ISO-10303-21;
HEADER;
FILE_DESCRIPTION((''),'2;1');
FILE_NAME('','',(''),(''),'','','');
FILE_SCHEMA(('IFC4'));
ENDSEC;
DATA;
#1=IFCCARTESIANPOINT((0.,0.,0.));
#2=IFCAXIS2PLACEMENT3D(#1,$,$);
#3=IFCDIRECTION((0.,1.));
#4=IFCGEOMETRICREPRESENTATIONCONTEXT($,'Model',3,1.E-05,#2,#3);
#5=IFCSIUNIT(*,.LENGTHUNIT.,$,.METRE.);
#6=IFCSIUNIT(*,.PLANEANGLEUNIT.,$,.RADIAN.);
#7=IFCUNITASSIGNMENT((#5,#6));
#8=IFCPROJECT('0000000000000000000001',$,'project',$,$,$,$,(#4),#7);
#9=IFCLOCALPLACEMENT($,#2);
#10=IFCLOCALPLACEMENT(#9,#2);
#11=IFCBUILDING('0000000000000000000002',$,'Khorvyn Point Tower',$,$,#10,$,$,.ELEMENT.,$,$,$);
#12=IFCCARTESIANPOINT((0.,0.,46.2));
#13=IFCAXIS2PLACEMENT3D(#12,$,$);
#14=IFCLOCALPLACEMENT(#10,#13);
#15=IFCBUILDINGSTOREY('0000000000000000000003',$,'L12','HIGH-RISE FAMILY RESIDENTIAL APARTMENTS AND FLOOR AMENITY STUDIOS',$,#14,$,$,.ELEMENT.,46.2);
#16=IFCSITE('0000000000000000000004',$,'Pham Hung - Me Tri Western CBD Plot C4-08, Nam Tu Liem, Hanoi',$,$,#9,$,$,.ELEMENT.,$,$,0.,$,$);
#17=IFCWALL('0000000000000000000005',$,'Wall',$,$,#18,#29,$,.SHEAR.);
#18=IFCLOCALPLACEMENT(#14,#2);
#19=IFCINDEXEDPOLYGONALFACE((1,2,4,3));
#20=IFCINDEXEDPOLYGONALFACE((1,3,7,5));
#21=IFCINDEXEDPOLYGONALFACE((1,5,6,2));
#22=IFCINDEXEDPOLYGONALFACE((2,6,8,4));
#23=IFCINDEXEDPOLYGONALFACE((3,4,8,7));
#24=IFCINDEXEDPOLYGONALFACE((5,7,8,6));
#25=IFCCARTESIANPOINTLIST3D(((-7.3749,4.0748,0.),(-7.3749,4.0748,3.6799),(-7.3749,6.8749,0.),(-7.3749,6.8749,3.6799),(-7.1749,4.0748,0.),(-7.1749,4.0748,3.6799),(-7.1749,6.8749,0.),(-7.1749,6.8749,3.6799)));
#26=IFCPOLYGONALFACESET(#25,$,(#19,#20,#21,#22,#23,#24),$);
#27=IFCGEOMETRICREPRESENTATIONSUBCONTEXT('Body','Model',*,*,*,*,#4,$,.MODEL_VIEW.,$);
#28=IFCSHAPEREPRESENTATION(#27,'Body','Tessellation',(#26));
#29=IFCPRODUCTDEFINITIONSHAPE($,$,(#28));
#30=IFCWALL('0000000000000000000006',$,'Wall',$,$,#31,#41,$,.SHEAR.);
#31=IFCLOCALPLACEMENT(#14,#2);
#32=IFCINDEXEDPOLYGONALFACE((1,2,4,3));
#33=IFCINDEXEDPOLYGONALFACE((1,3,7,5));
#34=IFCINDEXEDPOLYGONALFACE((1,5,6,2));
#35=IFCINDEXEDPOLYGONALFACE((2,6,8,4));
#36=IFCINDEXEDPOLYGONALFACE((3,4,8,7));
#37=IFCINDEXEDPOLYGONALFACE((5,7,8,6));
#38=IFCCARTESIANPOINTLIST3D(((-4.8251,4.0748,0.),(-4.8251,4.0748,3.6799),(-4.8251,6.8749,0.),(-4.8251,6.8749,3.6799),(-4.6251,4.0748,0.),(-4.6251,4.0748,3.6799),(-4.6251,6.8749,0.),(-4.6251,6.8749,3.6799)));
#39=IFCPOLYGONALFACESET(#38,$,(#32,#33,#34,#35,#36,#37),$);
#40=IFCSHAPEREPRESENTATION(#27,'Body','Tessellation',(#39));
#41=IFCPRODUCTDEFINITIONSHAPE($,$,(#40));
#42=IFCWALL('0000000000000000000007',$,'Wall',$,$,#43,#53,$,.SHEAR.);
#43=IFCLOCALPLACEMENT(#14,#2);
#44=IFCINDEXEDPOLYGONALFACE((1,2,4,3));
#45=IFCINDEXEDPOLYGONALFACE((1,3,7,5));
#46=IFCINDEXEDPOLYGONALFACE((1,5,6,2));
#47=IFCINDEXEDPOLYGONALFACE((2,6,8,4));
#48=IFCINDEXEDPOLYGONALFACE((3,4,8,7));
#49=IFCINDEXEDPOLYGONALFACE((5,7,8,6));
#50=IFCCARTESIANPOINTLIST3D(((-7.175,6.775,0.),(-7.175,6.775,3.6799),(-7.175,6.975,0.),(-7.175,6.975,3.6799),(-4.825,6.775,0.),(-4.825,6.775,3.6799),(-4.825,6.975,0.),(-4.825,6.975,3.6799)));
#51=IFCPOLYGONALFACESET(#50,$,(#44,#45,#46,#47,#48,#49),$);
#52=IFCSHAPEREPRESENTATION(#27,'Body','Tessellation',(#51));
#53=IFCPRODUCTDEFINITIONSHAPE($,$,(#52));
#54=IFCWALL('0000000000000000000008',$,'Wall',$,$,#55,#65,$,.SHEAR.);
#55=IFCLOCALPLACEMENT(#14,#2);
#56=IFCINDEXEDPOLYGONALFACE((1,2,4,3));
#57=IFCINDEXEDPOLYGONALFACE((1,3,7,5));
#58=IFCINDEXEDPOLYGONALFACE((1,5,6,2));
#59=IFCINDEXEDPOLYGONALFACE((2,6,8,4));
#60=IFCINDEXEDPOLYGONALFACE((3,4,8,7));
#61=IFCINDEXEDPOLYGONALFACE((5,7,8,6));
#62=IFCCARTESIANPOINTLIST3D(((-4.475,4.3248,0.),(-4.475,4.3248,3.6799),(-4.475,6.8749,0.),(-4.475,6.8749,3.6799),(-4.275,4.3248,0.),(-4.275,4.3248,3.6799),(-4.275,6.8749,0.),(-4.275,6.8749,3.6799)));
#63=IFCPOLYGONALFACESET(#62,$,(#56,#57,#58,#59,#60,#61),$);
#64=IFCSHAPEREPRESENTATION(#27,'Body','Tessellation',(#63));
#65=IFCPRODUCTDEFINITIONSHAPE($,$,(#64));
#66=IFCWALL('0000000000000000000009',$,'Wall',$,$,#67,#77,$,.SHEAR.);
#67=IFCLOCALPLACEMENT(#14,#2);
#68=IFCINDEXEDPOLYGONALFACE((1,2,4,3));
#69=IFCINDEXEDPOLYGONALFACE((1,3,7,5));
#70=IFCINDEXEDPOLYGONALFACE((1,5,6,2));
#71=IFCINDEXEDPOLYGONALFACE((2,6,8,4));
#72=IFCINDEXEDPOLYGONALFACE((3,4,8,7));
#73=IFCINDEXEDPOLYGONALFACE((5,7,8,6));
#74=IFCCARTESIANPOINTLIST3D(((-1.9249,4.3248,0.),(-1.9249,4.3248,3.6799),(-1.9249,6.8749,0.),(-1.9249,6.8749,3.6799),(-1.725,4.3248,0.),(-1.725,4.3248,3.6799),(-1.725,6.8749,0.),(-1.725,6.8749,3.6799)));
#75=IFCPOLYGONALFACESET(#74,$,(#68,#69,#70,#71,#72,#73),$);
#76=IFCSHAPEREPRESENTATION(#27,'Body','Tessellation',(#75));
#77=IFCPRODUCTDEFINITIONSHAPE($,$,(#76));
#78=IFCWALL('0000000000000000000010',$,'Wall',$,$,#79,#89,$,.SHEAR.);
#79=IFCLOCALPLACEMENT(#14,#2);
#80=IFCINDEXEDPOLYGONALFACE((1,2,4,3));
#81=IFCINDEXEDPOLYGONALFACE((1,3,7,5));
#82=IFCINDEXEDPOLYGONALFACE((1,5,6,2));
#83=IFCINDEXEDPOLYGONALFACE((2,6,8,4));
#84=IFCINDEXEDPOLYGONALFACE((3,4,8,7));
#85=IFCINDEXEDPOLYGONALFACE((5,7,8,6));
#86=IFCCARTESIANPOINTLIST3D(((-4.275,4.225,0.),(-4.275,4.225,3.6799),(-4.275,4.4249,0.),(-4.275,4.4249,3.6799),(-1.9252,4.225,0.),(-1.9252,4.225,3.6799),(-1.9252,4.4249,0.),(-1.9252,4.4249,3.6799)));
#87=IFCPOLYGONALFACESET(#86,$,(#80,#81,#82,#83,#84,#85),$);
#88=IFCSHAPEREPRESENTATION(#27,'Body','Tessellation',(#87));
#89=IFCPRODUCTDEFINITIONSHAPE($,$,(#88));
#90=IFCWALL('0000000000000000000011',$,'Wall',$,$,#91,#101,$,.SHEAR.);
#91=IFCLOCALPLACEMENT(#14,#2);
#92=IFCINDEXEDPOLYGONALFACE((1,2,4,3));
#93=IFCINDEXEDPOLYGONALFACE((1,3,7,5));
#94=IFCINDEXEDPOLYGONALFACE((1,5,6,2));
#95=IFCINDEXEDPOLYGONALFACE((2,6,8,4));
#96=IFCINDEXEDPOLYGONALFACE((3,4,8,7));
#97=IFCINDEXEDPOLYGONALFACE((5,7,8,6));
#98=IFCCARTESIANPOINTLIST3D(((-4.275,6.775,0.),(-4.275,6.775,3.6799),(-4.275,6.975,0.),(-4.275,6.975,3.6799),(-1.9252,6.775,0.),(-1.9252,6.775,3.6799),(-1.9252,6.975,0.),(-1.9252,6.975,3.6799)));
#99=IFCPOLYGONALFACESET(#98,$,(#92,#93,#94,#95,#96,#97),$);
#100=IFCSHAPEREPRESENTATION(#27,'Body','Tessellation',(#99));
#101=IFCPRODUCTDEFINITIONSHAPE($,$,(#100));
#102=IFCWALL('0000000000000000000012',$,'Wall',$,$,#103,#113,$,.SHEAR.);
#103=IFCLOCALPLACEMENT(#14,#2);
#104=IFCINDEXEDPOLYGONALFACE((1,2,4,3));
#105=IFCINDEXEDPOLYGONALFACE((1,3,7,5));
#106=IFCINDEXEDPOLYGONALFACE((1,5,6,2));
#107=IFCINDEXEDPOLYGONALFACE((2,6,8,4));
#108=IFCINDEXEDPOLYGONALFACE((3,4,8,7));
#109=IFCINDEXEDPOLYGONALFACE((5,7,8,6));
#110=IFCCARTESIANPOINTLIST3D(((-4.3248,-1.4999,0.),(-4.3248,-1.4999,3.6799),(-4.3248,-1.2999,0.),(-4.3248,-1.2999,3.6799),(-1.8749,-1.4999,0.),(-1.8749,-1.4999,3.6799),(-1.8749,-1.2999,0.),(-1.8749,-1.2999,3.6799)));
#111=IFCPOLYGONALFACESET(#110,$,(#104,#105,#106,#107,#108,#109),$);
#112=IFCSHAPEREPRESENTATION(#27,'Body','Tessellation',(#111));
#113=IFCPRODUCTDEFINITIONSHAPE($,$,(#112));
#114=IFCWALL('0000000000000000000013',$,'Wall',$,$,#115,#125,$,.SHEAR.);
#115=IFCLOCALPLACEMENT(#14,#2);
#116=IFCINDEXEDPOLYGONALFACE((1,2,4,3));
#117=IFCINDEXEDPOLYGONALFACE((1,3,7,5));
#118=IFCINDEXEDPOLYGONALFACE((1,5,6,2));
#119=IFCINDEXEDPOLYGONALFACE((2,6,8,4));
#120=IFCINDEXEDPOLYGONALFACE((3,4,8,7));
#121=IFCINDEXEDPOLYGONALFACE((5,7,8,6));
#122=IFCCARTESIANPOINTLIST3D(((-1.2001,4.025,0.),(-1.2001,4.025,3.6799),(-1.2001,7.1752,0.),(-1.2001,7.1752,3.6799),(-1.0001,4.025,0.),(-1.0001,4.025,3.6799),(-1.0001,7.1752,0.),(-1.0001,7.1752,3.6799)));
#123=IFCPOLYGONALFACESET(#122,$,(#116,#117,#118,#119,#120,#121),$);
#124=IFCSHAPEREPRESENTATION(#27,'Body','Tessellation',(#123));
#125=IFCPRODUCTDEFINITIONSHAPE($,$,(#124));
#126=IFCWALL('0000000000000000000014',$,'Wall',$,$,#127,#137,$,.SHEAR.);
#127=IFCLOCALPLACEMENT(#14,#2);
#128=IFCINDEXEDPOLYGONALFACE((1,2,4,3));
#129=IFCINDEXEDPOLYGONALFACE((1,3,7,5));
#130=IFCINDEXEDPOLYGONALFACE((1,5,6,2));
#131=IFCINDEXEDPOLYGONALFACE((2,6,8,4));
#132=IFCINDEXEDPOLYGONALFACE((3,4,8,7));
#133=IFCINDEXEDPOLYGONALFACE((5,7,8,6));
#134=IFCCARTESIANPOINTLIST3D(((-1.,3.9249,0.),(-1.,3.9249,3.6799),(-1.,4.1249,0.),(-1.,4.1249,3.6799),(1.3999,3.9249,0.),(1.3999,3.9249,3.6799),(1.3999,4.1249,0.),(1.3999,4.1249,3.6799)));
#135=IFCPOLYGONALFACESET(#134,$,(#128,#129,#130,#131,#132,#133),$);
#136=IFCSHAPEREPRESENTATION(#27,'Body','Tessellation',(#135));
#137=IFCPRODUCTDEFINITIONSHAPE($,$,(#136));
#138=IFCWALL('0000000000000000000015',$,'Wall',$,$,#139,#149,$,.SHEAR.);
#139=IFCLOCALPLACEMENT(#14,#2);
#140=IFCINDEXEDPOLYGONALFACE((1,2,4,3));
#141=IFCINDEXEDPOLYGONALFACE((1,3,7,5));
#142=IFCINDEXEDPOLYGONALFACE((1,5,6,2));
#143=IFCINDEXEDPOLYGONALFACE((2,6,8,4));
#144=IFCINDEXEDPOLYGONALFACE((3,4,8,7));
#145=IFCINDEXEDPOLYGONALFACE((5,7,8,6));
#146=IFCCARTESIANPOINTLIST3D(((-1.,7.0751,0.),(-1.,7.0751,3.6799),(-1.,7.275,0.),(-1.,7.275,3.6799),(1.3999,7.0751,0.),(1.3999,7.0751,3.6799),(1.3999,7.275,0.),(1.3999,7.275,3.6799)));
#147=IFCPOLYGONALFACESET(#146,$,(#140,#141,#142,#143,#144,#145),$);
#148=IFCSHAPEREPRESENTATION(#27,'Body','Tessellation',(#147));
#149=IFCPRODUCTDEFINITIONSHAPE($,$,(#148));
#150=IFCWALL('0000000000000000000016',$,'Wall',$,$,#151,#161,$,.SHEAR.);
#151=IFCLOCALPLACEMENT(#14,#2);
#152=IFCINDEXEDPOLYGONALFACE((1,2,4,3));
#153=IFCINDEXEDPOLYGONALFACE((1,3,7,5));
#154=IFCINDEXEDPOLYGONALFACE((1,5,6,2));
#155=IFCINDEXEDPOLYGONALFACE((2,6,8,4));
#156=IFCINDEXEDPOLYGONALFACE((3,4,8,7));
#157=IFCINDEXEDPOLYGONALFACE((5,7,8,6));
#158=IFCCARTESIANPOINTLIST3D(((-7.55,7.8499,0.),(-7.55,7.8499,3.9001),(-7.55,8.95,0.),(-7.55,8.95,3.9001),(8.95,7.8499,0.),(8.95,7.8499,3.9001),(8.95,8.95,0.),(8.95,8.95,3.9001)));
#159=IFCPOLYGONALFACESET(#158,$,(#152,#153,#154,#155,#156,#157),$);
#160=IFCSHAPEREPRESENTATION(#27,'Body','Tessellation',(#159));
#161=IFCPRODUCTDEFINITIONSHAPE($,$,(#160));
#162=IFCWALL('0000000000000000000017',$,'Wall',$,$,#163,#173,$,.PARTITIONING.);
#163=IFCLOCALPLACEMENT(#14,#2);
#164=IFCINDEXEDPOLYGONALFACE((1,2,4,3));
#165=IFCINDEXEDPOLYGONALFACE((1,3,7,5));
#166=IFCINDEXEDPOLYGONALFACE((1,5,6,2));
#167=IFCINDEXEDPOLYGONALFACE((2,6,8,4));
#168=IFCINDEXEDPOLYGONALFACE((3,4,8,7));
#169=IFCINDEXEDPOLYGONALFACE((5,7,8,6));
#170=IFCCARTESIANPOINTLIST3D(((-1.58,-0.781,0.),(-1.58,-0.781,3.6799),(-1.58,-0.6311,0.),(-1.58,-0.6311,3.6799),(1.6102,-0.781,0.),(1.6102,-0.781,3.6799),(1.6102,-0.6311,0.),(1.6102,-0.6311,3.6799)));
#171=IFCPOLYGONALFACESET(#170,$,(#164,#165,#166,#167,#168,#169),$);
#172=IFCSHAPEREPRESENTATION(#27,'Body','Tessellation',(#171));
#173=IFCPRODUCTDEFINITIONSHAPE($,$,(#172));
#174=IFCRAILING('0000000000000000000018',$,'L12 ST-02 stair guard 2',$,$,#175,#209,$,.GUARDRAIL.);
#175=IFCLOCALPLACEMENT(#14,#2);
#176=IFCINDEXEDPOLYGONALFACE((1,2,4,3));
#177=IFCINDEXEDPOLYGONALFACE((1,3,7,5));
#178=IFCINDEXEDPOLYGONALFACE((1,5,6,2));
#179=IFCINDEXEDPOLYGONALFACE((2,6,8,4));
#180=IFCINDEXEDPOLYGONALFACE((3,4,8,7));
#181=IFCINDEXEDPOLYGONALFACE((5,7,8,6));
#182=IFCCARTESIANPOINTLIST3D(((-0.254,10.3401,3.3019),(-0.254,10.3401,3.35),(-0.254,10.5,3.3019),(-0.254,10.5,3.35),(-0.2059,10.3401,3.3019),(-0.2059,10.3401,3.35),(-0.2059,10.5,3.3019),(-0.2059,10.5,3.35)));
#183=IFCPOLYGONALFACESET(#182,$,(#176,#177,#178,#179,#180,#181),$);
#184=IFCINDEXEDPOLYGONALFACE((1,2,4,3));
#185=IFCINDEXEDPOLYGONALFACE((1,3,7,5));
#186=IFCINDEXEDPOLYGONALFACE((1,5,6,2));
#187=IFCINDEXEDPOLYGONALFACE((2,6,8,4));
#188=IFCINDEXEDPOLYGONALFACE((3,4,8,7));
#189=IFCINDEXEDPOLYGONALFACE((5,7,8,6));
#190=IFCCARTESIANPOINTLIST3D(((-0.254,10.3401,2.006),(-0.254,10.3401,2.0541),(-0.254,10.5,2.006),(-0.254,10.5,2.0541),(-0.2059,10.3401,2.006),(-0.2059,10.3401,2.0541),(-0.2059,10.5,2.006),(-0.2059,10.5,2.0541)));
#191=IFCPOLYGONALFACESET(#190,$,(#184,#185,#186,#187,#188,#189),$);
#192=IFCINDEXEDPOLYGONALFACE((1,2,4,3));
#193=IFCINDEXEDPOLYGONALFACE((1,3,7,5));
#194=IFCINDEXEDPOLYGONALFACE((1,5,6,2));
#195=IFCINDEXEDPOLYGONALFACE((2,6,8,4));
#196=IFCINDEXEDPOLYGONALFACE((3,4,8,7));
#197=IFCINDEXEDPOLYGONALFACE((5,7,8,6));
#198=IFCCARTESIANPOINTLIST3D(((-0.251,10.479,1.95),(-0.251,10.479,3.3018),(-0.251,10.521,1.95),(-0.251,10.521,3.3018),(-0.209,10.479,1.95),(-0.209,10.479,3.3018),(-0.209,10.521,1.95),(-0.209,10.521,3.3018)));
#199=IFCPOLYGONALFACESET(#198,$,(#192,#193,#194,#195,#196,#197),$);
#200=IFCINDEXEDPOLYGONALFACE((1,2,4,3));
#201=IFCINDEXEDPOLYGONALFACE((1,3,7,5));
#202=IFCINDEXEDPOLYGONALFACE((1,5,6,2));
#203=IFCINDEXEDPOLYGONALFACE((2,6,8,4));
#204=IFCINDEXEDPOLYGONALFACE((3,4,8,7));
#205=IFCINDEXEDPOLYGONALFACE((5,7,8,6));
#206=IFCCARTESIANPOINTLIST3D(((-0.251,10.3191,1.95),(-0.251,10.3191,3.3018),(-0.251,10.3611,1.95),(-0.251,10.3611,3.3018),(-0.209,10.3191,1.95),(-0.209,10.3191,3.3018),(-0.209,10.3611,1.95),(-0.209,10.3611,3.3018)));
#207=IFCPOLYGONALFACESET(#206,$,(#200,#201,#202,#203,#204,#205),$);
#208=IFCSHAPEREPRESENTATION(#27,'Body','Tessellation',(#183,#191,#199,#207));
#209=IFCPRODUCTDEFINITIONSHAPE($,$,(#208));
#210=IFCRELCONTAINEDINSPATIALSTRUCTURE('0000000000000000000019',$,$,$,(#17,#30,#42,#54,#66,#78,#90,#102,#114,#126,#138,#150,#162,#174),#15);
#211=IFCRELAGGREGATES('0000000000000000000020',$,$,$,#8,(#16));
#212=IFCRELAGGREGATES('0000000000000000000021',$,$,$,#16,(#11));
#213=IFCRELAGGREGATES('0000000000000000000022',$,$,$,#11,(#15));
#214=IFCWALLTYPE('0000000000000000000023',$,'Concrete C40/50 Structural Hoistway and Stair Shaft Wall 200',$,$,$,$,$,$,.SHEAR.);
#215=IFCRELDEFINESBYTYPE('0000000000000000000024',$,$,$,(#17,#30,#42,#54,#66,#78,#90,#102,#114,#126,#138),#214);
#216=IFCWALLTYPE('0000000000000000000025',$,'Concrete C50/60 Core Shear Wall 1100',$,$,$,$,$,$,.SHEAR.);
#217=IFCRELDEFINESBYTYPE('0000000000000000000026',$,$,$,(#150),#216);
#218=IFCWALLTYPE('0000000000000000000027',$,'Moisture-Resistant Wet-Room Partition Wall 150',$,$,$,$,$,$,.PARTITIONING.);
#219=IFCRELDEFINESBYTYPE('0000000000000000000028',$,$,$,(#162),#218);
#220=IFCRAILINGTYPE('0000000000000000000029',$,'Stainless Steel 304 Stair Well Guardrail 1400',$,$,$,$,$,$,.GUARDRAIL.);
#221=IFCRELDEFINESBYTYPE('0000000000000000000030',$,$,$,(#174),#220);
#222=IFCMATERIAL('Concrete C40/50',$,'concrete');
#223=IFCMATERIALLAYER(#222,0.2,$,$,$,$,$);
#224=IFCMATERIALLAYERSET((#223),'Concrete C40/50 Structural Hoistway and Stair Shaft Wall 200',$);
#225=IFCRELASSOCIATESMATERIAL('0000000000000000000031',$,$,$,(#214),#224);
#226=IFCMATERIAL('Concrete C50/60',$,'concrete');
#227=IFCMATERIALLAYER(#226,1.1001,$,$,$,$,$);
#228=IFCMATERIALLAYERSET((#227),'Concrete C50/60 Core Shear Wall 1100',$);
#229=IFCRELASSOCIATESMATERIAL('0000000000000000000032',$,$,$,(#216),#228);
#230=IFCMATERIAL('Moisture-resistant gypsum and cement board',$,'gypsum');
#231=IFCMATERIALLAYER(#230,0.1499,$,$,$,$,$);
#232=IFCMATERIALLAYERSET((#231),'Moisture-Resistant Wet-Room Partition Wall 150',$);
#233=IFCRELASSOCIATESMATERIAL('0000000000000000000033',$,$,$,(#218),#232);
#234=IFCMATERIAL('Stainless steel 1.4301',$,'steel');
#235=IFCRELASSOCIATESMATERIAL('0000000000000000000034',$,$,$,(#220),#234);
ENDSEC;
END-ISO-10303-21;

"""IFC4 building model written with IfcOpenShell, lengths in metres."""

from ifc_helpers import new_model, si_unit, direction, frame, frame_2d, origin, origin_2d, place, context, subcontext, project, spatial, rectangle, extrude, material, layer, layer_set, type_object, element, save


model = new_model("IFC4")

# Units and contexts
model_context = context("Model", 3, precision=1e-05, world=origin(), true_north=direction((0.0, 1.0)))
body_context = subcontext(model_context, "Body", "Model", "MODEL_VIEW")
ifc_project = project(units=[si_unit("LENGTHUNIT", "METRE"), si_unit("PLANEANGLEUNIT", "RADIAN")], contexts=[model_context])

# Site, building, storey
site_placement = place(None, origin())
site = spatial("IfcSite", under=ifc_project, at=site_placement, Name="Pham Hung - Me Tri Western CBD Plot C4-08, Nam Tu Liem, Hanoi", CompositionType="ELEMENT", RefElevation=0.0)
building_placement = place(site_placement, origin())
building = spatial("IfcBuilding", under=site, at=building_placement, Name="Khorvyn Point Tower", CompositionType="ELEMENT")
storey_placement = place(building_placement, frame((0.0, 0.0, 46.2)))
storey = spatial("IfcBuildingStorey", under=building, at=storey_placement, Name="L12", Description="HIGH-RISE FAMILY RESIDENTIAL APARTMENTS AND FLOOR AMENITY STUDIOS", CompositionType="ELEMENT", Elevation=46.2)

# Shared definitions
ifc_material_1 = material(Name="Concrete C40/50", Category="concrete")

# Shared definitions
ifc_layer_1 = layer(ifc_material_1, 0.2)
ifc_layer_set_1 = layer_set([ifc_layer_1], Name="Concrete C40/50 Structural Hoistway and Stair Shaft Wall 200")
wall_type_1 = type_object("IfcWallType", Name="Concrete C40/50 Structural Hoistway and Stair Shaft Wall 200", PredefinedType="SHEAR", material=ifc_layer_set_1)

# Shared definitions
ifc_material_2 = material(Name="Stainless steel 1.4301", Category="steel")

# Walls
for number, where, z_axis, x_axis, name in (
    (1, (-7.2749, 4.075, 0.0), (0.0, 0.0, 1.0), (0.0, 1.0, 0.0), "Wall"),
    (2, (-4.7251, 4.075, 0.0), (0.0, 0.0, 1.0), (0.0, 1.0, 0.0), "Wall"),
):
    element("IfcWall", number, at=place(storey_placement, frame(where, z_axis=z_axis, x_axis=x_axis)), inside=storey, type_object=wall_type_1, Name=name, PredefinedType="SHEAR", context=body_context, shape_type="SweptSolid", body=[
        extrude(rectangle(XDim=2.8, YDim=0.2, at=frame_2d((1.3999, 0.0))), origin(), (0.0, 0.0, 1.0), 3.6799),
    ])
wall_1_placement = place(storey_placement, frame((-7.175, 6.875, 0.0), z_axis=(0.0, 0.0, 1.0), x_axis=(1.0, 0.0, 0.0)))
element("IfcWall", 3, at=wall_1_placement, inside=storey, type_object=wall_type_1, Name="Wall", PredefinedType="SHEAR", context=body_context, shape_type="SweptSolid", body=[
    extrude(rectangle(XDim=2.3501, YDim=0.2, at=frame_2d((1.175, 0.0))), origin(), (0.0, 0.0, 1.0), 3.6799),
])
for number, where, z_axis, x_axis, name in (
    (4, (-4.375, 4.325, 0.0), (0.0, 0.0, 1.0), (0.0, 1.0, 0.0), "Wall"),
    (5, (-1.825, 4.325, 0.0), (0.0, 0.0, 1.0), (0.0, 1.0, 0.0), "Wall"),
):
    element("IfcWall", number, at=place(storey_placement, frame(where, z_axis=z_axis, x_axis=x_axis)), inside=storey, type_object=wall_type_1, Name=name, PredefinedType="SHEAR", context=body_context, shape_type="SweptSolid", body=[
        extrude(rectangle(XDim=2.55, YDim=0.2, at=frame_2d((1.2749, 0.0))), origin(), (0.0, 0.0, 1.0), 3.6799),
    ])
for number, where, z_axis, x_axis, name in (
    (6, (-4.2749, 4.325, 0.0), (0.0, 0.0, 1.0), (1.0, 0.0, 0.0), "Wall"),
    (7, (-4.2749, 6.875, 0.0), (0.0, 0.0, 1.0), (1.0, 0.0, 0.0), "Wall"),
):
    element("IfcWall", number, at=place(storey_placement, frame(where, z_axis=z_axis, x_axis=x_axis)), inside=storey, type_object=wall_type_1, Name=name, PredefinedType="SHEAR", context=body_context, shape_type="SweptSolid", body=[
        extrude(rectangle(XDim=2.3499, YDim=0.2, at=frame_2d((1.1748, 0.0))), origin(), (0.0, 0.0, 1.0), 3.6799),
    ])
wall_2_placement = place(storey_placement, frame((-4.325, -1.3999, 0.0), z_axis=(0.0, 0.0, 1.0), x_axis=(1.0, 0.0, 0.0)))
element("IfcWall", 8, at=wall_2_placement, inside=storey, type_object=wall_type_1, Name="Wall", PredefinedType="SHEAR", context=body_context, shape_type="SweptSolid", body=[
    extrude(rectangle(XDim=2.45, YDim=0.2, at=frame_2d((1.2251, 0.0))), origin(), (0.0, 0.0, 1.0), 3.6799),
])
wall_3_placement = place(storey_placement, frame((-1.1001, 4.0249, 0.0), z_axis=(0.0, 0.0, 1.0), x_axis=(0.0, 1.0, 0.0)))
element("IfcWall", 9, at=wall_3_placement, inside=storey, type_object=wall_type_1, Name="Wall", PredefinedType="SHEAR", context=body_context, shape_type="SweptSolid", body=[
    extrude(rectangle(XDim=3.1501, YDim=0.2, at=frame_2d((1.5752, 0.0))), origin(), (0.0, 0.0, 1.0), 3.6799),
])
for number, where, z_axis, x_axis, name in (
    (10, (-1.0, 4.0249, 0.0), (0.0, 0.0, 1.0), (1.0, 0.0, 0.0), "Wall"),
    (11, (-1.0, 7.175, 0.0), (0.0, 0.0, 1.0), (1.0, 0.0, 0.0), "Wall"),
):
    element("IfcWall", number, at=place(storey_placement, frame(where, z_axis=z_axis, x_axis=x_axis)), inside=storey, type_object=wall_type_1, Name=name, PredefinedType="SHEAR", context=body_context, shape_type="SweptSolid", body=[
        extrude(rectangle(XDim=2.3999, YDim=0.2, at=frame_2d((1.2, 0.0))), origin(), (0.0, 0.0, 1.0), 3.6799),
    ])
ifc_material_3 = material(Name="Concrete C50/60", Category="concrete")
ifc_layer_2 = layer(ifc_material_3, 1.1001)
ifc_layer_set_2 = layer_set([ifc_layer_2], Name="Concrete C50/60 Core Shear Wall 1100")
wall_type_2 = type_object("IfcWallType", Name="Concrete C50/60 Core Shear Wall 1100", PredefinedType="SHEAR", material=ifc_layer_set_2)
wall_4_placement = place(storey_placement, frame((-7.55, 8.3999, 0.0), z_axis=(0.0, 0.0, 1.0), x_axis=(1.0, 0.0, 0.0)))
element("IfcWall", 12, at=wall_4_placement, inside=storey, type_object=wall_type_2, Name="Wall", PredefinedType="SHEAR", context=body_context, shape_type="SweptSolid", body=[
    extrude(rectangle(XDim=16.5, YDim=1.1001, at=frame_2d((8.25, 0.0))), origin(), (0.0, 0.0, 1.0), 3.9001),
])
ifc_material_4 = material(Name="Moisture-resistant gypsum and cement board", Category="gypsum")
ifc_layer_3 = layer(ifc_material_4, 0.1499)
ifc_layer_set_3 = layer_set([ifc_layer_3], Name="Moisture-Resistant Wet-Room Partition Wall 150")
wall_type_3 = type_object("IfcWallType", Name="Moisture-Resistant Wet-Room Partition Wall 150", PredefinedType="PARTITIONING", material=ifc_layer_set_3)
wall_5_placement = place(storey_placement, frame((-1.5801, -0.7061, 0.0), z_axis=(0.0, 0.0, 1.0), x_axis=(1.0, 0.0, 0.0)))
element("IfcWall", 13, at=wall_5_placement, inside=storey, type_object=wall_type_3, Name="Wall", PredefinedType="PARTITIONING", context=body_context, shape_type="SweptSolid", body=[
    extrude(rectangle(XDim=3.1902, YDim=0.1499, at=frame_2d((1.5952, 0.0))), origin(), (0.0, 0.0, 1.0), 3.6799),
])

# Railing
railing_type = type_object("IfcRailingType", Name="Stainless Steel 304 Stair Well Guardrail 1400", PredefinedType="GUARDRAIL", material=ifc_material_2)
railing_placement = place(storey_placement, frame((-0.23, 10.5, 1.95)))
element("IfcRailing", 14, at=railing_placement, inside=storey, type_object=railing_type, Name="L12 ST-02 stair guard 2", PredefinedType="GUARDRAIL", context=body_context, shape_type="SweptSolid", body=[
    extrude(rectangle(XDim=0.0481, YDim=0.0481, at=origin_2d()), frame((0.0, 0.0, 1.376), z_axis=(0.0, -1.0, 0.0), x_axis=(1.0, 0.0, 0.0)), (0.0, 0.0, 1.0), 0.1599),
    extrude(rectangle(XDim=0.0481, YDim=0.0481, at=origin_2d()), frame((0.0, 0.0, 0.0801), z_axis=(0.0, -1.0, 0.0), x_axis=(1.0, 0.0, 0.0)), (0.0, 0.0, 1.0), 0.1599),
    extrude(rectangle(XDim=0.042, YDim=0.042, at=origin_2d()), origin(), (0.0, 0.0, 1.0), 1.3518),
    extrude(rectangle(XDim=0.042, YDim=0.042, at=origin_2d()), frame((0.0, -0.1599, 0.0)), (0.0, 0.0, 1.0), 1.3518),
])

save(model, "model.ifc")
